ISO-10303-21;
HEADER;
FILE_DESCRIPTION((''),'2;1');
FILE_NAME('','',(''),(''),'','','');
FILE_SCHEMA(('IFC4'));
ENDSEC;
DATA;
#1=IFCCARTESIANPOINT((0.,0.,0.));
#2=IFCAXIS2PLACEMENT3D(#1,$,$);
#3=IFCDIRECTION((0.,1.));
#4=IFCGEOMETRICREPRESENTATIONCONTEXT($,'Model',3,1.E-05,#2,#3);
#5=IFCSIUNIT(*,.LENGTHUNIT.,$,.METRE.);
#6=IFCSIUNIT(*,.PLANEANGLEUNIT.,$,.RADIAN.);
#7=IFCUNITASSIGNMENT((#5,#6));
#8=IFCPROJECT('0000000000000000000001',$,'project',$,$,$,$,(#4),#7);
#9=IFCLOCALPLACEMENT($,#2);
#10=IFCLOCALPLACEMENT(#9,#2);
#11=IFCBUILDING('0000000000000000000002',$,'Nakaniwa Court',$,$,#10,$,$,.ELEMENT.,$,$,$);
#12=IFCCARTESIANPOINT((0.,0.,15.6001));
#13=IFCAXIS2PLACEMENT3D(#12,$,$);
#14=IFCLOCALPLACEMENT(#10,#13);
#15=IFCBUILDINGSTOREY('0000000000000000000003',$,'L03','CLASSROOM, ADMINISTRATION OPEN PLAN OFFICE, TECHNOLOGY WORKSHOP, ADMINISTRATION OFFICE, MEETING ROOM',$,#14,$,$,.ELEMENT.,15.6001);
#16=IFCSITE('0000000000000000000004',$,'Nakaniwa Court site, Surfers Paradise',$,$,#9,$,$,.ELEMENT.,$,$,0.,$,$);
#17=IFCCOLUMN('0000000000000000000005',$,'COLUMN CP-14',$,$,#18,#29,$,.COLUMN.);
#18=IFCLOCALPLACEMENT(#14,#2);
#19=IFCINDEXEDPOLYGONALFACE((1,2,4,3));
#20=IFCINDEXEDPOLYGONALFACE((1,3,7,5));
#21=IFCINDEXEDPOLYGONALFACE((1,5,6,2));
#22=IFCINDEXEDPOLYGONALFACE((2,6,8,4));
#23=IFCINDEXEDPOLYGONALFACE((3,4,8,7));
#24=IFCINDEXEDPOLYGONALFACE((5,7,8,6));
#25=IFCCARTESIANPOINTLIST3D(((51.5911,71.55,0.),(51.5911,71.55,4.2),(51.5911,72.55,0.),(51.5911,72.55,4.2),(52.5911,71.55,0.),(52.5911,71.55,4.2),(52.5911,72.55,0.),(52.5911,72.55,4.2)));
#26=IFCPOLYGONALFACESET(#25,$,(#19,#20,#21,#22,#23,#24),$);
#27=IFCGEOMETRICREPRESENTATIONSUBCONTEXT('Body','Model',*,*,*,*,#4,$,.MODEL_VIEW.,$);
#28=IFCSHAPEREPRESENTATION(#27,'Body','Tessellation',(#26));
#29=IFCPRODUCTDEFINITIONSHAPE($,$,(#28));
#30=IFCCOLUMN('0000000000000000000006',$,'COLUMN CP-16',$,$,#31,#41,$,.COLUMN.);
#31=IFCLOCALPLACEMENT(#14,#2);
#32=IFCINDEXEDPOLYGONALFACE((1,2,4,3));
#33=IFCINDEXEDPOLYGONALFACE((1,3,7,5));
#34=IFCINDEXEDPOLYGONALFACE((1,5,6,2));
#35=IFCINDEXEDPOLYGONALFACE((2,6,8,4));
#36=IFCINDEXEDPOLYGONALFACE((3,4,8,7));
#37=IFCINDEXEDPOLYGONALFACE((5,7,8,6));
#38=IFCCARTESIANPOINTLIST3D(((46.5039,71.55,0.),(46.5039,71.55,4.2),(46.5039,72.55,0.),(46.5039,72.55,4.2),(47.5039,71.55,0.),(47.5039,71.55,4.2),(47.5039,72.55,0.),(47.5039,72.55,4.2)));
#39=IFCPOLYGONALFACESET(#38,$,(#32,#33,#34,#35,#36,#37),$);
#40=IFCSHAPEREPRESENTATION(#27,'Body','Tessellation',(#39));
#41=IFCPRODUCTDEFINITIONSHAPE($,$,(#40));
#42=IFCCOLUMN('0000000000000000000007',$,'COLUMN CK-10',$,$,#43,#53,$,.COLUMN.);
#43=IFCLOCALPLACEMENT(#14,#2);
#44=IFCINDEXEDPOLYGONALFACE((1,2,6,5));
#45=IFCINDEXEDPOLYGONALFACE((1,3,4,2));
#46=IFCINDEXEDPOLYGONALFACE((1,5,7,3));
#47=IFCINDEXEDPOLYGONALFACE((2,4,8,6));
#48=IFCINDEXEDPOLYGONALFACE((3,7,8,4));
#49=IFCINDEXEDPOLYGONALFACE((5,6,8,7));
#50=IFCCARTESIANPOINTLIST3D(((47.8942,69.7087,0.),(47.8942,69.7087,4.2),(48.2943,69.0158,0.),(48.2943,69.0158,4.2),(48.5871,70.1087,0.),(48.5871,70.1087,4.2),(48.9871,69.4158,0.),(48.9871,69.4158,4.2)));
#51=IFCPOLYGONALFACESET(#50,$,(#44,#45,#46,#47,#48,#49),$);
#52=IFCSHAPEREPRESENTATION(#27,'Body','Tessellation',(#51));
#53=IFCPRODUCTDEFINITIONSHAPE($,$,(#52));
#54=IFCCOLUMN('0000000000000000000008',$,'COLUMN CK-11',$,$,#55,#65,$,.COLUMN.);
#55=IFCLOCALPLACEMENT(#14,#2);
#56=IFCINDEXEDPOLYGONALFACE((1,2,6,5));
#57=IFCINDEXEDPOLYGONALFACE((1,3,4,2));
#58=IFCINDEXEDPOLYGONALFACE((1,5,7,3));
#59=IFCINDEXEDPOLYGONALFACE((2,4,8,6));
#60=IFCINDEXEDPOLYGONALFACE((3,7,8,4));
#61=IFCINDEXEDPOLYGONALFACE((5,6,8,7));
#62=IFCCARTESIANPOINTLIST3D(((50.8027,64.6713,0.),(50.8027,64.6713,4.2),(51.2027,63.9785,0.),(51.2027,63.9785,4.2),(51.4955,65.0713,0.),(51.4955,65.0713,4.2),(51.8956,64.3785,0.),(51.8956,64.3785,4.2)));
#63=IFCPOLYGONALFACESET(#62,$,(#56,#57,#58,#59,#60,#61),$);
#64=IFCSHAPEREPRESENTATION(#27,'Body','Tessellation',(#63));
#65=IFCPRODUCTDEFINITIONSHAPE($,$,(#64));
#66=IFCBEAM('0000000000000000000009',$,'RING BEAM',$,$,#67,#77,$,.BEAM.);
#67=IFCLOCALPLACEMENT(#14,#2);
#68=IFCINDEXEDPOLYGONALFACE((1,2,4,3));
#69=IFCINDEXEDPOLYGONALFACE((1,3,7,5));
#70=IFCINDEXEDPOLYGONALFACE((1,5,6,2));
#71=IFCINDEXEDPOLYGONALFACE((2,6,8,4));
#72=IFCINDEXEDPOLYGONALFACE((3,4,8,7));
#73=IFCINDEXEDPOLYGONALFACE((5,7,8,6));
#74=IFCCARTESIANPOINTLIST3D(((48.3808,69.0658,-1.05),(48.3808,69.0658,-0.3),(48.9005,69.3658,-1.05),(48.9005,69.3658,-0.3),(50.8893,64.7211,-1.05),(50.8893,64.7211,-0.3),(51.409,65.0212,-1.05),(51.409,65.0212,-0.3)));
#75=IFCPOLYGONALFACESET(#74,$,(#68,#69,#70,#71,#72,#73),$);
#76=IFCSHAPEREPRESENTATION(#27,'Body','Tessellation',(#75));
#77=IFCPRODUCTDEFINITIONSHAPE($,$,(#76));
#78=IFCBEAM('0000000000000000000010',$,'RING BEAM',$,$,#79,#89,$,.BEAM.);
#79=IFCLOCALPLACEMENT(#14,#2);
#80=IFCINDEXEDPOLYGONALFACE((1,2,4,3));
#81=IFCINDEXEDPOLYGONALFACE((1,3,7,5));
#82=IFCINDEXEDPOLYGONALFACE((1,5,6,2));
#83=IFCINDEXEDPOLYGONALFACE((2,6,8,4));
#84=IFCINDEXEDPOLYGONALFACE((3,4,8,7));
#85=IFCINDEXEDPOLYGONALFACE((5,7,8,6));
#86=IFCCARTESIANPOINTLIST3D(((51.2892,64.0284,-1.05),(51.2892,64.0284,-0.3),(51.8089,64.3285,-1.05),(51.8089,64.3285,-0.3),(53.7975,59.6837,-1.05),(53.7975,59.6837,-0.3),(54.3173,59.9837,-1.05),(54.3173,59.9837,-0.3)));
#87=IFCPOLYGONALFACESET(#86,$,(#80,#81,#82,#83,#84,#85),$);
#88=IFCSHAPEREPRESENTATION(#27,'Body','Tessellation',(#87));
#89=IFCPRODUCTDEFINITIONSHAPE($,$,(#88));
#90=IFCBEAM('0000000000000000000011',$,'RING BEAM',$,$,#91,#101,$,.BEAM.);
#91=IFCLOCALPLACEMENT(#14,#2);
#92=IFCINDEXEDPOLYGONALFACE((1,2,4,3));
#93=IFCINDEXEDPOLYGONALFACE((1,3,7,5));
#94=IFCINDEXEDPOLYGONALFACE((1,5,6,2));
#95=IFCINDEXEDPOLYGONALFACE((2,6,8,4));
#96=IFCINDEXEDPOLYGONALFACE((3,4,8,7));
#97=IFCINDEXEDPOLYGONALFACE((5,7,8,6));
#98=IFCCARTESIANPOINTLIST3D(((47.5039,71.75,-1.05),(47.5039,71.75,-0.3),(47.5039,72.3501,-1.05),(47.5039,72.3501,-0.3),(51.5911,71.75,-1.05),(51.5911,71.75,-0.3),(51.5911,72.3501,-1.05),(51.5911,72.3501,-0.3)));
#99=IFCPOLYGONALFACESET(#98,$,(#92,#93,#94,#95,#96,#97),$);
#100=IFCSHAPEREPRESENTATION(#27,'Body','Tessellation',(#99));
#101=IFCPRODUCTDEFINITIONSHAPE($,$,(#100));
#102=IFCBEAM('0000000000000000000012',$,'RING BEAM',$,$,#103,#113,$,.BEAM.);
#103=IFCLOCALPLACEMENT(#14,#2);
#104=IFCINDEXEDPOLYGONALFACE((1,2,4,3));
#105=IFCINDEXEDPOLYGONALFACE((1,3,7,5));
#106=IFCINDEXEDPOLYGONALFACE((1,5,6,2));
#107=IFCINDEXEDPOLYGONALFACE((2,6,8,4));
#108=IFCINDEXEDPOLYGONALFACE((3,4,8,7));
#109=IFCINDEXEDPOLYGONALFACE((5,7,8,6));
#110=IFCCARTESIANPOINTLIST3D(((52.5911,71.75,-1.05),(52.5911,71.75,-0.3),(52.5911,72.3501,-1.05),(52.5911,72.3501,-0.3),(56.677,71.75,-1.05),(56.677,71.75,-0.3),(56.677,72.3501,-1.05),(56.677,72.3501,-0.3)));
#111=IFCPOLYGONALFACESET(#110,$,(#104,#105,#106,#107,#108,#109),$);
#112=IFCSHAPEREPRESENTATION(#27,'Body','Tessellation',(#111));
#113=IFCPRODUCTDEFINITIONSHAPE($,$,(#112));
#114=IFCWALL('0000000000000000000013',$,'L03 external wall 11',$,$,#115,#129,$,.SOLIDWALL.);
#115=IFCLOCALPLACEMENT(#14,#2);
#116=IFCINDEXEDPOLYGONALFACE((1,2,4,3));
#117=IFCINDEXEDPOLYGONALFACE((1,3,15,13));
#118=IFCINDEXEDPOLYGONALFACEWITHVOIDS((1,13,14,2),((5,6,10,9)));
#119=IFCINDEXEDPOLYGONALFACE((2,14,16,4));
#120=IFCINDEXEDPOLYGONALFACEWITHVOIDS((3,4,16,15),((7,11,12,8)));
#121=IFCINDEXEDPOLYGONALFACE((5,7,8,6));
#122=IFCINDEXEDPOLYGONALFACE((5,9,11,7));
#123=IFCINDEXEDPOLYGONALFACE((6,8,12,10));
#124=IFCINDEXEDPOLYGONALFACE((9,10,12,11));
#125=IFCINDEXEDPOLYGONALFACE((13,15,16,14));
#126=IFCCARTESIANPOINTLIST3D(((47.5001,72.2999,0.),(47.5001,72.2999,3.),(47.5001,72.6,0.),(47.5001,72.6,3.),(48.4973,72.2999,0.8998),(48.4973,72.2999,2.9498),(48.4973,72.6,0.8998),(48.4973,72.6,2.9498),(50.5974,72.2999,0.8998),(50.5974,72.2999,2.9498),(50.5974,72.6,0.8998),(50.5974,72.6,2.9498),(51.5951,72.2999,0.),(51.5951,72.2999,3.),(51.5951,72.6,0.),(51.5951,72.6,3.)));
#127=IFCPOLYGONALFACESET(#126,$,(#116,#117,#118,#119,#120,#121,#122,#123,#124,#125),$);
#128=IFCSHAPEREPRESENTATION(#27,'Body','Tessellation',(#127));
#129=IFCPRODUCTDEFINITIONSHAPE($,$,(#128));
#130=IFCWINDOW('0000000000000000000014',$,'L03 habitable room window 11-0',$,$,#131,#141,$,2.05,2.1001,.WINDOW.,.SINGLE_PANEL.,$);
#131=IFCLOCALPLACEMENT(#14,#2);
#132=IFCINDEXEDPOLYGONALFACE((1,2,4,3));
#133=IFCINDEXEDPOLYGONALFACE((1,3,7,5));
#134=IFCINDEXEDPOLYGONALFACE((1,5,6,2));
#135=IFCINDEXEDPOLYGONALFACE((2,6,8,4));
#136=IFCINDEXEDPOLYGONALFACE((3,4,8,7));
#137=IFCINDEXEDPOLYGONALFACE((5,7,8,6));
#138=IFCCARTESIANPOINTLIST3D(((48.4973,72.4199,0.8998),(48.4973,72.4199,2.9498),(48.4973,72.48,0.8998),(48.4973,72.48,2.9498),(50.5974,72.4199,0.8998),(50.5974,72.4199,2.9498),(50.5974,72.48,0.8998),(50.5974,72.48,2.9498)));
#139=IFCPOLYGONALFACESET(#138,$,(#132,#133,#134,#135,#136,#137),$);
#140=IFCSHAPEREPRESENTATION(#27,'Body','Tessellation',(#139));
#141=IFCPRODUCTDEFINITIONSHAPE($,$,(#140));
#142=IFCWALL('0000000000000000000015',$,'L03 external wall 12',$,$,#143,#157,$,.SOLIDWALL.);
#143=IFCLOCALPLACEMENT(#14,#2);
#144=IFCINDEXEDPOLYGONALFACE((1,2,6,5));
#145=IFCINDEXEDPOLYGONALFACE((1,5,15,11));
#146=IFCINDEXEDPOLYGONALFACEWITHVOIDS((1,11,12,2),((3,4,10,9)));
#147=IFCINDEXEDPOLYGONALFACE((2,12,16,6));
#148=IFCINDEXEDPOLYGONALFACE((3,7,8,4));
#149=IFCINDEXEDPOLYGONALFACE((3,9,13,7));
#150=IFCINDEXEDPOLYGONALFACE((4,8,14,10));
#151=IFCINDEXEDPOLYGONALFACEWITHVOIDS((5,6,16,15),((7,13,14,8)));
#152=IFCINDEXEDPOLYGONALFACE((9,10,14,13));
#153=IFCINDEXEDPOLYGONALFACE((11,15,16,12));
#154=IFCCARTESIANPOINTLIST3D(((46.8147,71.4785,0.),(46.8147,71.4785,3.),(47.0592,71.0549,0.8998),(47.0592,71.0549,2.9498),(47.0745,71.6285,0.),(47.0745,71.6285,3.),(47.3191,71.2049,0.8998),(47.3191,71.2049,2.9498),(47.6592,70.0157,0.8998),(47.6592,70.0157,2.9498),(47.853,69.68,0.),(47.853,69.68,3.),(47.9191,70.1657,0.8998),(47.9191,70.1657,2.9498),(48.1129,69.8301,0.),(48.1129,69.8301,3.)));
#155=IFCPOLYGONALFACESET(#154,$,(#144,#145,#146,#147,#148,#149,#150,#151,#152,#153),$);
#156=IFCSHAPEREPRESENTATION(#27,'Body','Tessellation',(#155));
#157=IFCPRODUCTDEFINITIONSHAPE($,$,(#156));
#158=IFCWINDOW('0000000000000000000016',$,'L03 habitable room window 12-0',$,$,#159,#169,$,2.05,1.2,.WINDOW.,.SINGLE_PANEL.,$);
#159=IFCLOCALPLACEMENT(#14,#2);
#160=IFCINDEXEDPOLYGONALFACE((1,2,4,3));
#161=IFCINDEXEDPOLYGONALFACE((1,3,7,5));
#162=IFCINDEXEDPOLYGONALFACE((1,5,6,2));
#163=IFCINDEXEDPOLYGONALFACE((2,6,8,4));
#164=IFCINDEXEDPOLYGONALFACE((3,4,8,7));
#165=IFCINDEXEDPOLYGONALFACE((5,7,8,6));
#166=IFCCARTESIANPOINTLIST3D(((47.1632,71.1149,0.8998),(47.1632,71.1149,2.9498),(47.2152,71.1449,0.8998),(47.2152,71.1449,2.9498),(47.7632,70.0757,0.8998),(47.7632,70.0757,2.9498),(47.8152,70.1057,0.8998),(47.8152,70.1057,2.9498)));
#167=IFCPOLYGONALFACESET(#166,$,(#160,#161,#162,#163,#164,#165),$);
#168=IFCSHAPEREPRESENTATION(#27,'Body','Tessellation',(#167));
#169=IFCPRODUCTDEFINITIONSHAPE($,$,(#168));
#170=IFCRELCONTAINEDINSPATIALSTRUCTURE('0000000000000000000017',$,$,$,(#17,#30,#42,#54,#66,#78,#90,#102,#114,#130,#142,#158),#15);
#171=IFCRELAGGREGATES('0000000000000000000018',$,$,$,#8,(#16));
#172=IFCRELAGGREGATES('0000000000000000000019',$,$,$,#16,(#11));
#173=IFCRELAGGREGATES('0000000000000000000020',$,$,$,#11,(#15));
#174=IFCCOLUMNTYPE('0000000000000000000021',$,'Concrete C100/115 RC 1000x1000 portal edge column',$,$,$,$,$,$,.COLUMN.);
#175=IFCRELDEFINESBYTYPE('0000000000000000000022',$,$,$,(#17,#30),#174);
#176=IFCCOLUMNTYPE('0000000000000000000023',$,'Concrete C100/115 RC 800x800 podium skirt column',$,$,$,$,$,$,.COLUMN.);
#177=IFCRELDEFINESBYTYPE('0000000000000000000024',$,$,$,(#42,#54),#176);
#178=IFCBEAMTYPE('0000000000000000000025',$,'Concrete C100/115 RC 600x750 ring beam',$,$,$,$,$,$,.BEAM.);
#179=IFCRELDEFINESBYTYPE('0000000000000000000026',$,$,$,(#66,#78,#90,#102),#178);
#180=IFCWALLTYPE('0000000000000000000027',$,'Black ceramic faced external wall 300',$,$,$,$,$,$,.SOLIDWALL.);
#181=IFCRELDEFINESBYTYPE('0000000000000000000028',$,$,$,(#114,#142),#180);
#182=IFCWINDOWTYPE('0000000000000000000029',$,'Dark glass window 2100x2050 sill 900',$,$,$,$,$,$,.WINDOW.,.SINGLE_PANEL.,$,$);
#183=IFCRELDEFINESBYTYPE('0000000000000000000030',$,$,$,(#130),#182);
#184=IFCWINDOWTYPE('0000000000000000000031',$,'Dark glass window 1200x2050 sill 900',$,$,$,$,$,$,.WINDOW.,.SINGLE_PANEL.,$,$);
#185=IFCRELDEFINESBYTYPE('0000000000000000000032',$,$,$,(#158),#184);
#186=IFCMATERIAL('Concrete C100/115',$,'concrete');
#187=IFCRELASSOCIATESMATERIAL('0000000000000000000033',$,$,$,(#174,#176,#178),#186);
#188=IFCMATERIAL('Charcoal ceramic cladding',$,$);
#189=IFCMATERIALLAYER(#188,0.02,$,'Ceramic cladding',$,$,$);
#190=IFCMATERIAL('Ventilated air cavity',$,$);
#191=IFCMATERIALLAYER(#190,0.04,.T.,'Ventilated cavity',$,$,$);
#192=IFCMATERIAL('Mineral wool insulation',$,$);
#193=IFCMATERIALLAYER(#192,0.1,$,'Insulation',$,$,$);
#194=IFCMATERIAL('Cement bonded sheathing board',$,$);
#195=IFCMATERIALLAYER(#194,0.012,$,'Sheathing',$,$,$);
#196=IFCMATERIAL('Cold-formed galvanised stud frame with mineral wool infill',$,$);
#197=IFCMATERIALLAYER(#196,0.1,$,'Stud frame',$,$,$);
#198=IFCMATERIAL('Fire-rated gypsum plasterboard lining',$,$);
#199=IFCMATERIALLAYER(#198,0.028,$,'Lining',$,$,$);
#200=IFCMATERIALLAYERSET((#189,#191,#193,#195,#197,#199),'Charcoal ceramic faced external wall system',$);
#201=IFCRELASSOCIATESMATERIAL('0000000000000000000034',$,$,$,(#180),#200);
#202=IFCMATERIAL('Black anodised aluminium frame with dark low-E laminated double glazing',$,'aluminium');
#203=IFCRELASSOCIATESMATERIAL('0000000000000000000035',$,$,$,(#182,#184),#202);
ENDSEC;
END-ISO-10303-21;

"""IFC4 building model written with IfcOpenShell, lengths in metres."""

from ifc_helpers import new_model, si_unit, direction, frame, frame_2d, origin, origin_2d, place, context, subcontext, project, spatial, rectangle, extrude, material, layer, layer_set, material_profile, profile_set, type_object, element, fill, save


model = new_model("IFC4")

# Units and contexts
model_context = context("Model", 3, precision=1e-05, world=origin(), true_north=direction((0.0, 1.0)))
body_context = subcontext(model_context, "Body", "Model", "MODEL_VIEW")
ifc_project = project(units=[si_unit("LENGTHUNIT", "METRE"), si_unit("PLANEANGLEUNIT", "RADIAN")], contexts=[model_context])

# Site, building, storey
site_placement = place(None, origin())
site = spatial("IfcSite", under=ifc_project, at=site_placement, Name="Nakaniwa Court site, Surfers Paradise", CompositionType="ELEMENT", RefElevation=0.0)
building_placement = place(site_placement, origin())
building = spatial("IfcBuilding", under=site, at=building_placement, Name="Nakaniwa Court", CompositionType="ELEMENT")
storey_placement = place(building_placement, frame((0.0, 0.0, 15.6001)))
storey = spatial("IfcBuildingStorey", under=building, at=storey_placement, Name="L03", Description="CLASSROOM, ADMINISTRATION OPEN PLAN OFFICE, TECHNOLOGY WORKSHOP, ADMINISTRATION OFFICE, MEETING ROOM", CompositionType="ELEMENT", Elevation=15.6001)

# Columns
ifc_material_1 = material(Name="Concrete C100/115", Category="concrete")
ifc_material_profile_1 = material_profile(ifc_material_1, rectangle(XDim=1.0, YDim=1.0, at=origin_2d()), Name="Concrete C100/115 RC 1000x1000 portal edge column")
ifc_profile_set_1 = profile_set([ifc_material_profile_1], Name="Concrete C100/115")
column_type_1 = type_object("IfcColumnType", Name="Concrete C100/115 RC 1000x1000 portal edge column", PredefinedType="COLUMN", material=ifc_profile_set_1)
for number, where, z_axis, x_axis, name in (
    (1, (52.0911, 72.05, 0.0), (0.0, 0.0, 1.0), (1.0, 0.0, 0.0), "COLUMN CP-14"),
    (2, (47.0039, 72.05, 0.0), (0.0, 0.0, 1.0), (1.0, 0.0, 0.0), "COLUMN CP-16"),
):
    element("IfcColumn", number, at=place(storey_placement, frame(where, z_axis=z_axis, x_axis=x_axis)), inside=storey, type_object=column_type_1, Name=name, PredefinedType="COLUMN", context=body_context, shape_type="SweptSolid", body=[
        extrude(rectangle(XDim=1.0, YDim=1.0, at=origin_2d()), origin(), (0.0, 0.0, 1.0), 4.2),
    ])
ifc_material_profile_2 = material_profile(ifc_material_1, rectangle(XDim=0.8, YDim=0.8, at=origin_2d()), Name="Concrete C100/115 RC 800x800 podium skirt column")
ifc_profile_set_2 = profile_set([ifc_material_profile_2], Name="Concrete C100/115")
column_type_2 = type_object("IfcColumnType", Name="Concrete C100/115 RC 800x800 podium skirt column", PredefinedType="COLUMN", material=ifc_profile_set_2)
for number, where, z_axis, x_axis, name in (
    (3, (48.4407, 69.5623, 0.0), (0.0, 0.0, 1.0), (0.5, -0.866025, 0.0), "COLUMN CK-10"),
    (4, (51.3491, 64.5249, 0.0), (0.0, 0.0, 1.0), (0.5, -0.866025, 0.0), "COLUMN CK-11"),
):
    element("IfcColumn", number, at=place(storey_placement, frame(where, z_axis=z_axis, x_axis=x_axis)), inside=storey, type_object=column_type_2, Name=name, PredefinedType="COLUMN", context=body_context, shape_type="SweptSolid", body=[
        extrude(rectangle(XDim=0.8, YDim=0.8, at=origin_2d()), origin(), (0.0, 0.0, 1.0), 4.2),
    ])

# Beams
ifc_material_profile_3 = material_profile(ifc_material_1, rectangle(XDim=0.6001, YDim=0.75, at=origin_2d()), Name="Concrete C100/115 RC 600x750 ring beam")
ifc_profile_set_3 = profile_set([ifc_material_profile_3], Name="Concrete C100/115")
beam_type = type_object("IfcBeamType", Name="Concrete C100/115 RC 600x750 ring beam", PredefinedType="BEAM", material=ifc_profile_set_3)
for number, where, z_axis, x_axis, name in (
    (5, (48.6406, 69.2158, -0.675), (0.500017, -0.866015, 0.0), (0.866015, 0.500017, 0.0), "RING BEAM"),
    (6, (51.5491, 64.1785, -0.675), (0.499981, -0.866036, 0.0), (0.866036, 0.499981, 0.0), "RING BEAM"),
):
    element("IfcBeam", number, at=place(storey_placement, frame(where, z_axis=z_axis, x_axis=x_axis)), inside=storey, type_object=beam_type, Name=name, PredefinedType="BEAM", context=body_context, shape_type="SweptSolid", body=[
        extrude(rectangle(XDim=0.6001, YDim=0.75, at=origin_2d()), origin(), (0.0, 0.0, 1.0), 5.0168),
    ])
beam_1_placement = place(storey_placement, frame((47.5039, 72.05, -0.675), z_axis=(1.0, 0.0, 0.0), x_axis=(0.0, 1.0, 0.0)))
element("IfcBeam", 7, at=beam_1_placement, inside=storey, type_object=beam_type, Name="RING BEAM", PredefinedType="BEAM", context=body_context, shape_type="SweptSolid", body=[
    extrude(rectangle(XDim=0.6001, YDim=0.75, at=origin_2d()), origin(), (0.0, 0.0, 1.0), 4.0872),
])
beam_2_placement = place(storey_placement, frame((52.5911, 72.05, -0.675), z_axis=(1.0, 0.0, 0.0), x_axis=(0.0, 1.0, 0.0)))
element("IfcBeam", 8, at=beam_2_placement, inside=storey, type_object=beam_type, Name="RING BEAM", PredefinedType="BEAM", context=body_context, shape_type="SweptSolid", body=[
    extrude(rectangle(XDim=0.6001, YDim=0.75, at=origin_2d()), origin(), (0.0, 0.0, 1.0), 4.0859),
])

# Walls, openings, windows
ifc_material_2 = material(Name="Charcoal ceramic cladding")
ifc_layer_1 = layer(ifc_material_2, 0.02, Name="Ceramic cladding")
ifc_material_3 = material(Name="Ventilated air cavity")
ifc_layer_2 = layer(ifc_material_3, 0.04, ventilated=True, Name="Ventilated cavity")
ifc_material_4 = material(Name="Mineral wool insulation")
ifc_layer_3 = layer(ifc_material_4, 0.1, Name="Insulation")
ifc_material_5 = material(Name="Cement bonded sheathing board")
ifc_layer_4 = layer(ifc_material_5, 0.012, Name="Sheathing")
ifc_material_6 = material(Name="Cold-formed galvanised stud frame with mineral wool infill")
ifc_layer_5 = layer(ifc_material_6, 0.1, Name="Stud frame")
ifc_material_7 = material(Name="Fire-rated gypsum plasterboard lining")
ifc_layer_6 = layer(ifc_material_7, 0.028, Name="Lining")
ifc_layer_set_1 = layer_set([ifc_layer_1, ifc_layer_2, ifc_layer_3, ifc_layer_4, ifc_layer_5, ifc_layer_6], Name="Charcoal ceramic faced external wall system")
wall_type_1 = type_object("IfcWallType", Name="Black ceramic faced external wall 300", PredefinedType="SOLIDWALL", material=ifc_layer_set_1)
wall_1_placement = place(storey_placement, frame((51.595, 72.45, 0.0), z_axis=(0.0, 0.0, 1.0), x_axis=(-1.0, 0.0, 0.0)))
wall_1 = element("IfcWall", 9, at=wall_1_placement, inside=storey, type_object=wall_type_1, Name="L03 external wall 11", PredefinedType="SOLIDWALL", context=body_context, shape_type="SweptSolid", body=[
    extrude(rectangle(XDim=4.095, YDim=0.3, at=frame_2d((2.0474, 0.0))), origin(), (0.0, 0.0, 1.0), 3.0),
])
opening_1_placement = place(wall_1_placement, frame((0.9976, 0.0, 0.8999)))
opening_1 = element("IfcOpeningElement", 10, at=opening_1_placement, cuts=wall_1, PredefinedType="OPENING", context=body_context, shape_type="SweptSolid", body=[
    extrude(rectangle(XDim=2.1001, YDim=2.05, at=frame_2d((1.05, 1.0249))), frame((0.0, 0.1599, 0.0), z_axis=(0.0, -1.0, 0.0), x_axis=(1.0, 0.0, 0.0)), (0.0, 0.0, 1.0), 0.3201),
])
ifc_material_8 = material(Name="Black anodised aluminium frame with dark low-E laminated double glazing", Category="aluminium")
window_type_1 = type_object("IfcWindowType", Name="Dark glass window 2100x2050 sill 900", PartitioningType="SINGLE_PANEL", PredefinedType="WINDOW", material=ifc_material_8)
window_1_placement = place(opening_1_placement, origin())
window_1 = element("IfcWindow", 11, at=window_1_placement, inside=storey, type_object=window_type_1, Name="L03 habitable room window 11-0", OverallHeight=2.05, OverallWidth=2.1001, PartitioningType="SINGLE_PANEL", PredefinedType="WINDOW", context=body_context, shape_type="SweptSolid", body=[
    extrude(rectangle(XDim=2.1001, YDim=2.05, at=frame_2d((1.05, 1.0249))), frame((0.0, 0.03, 0.0), z_axis=(0.0, -1.0, 0.0), x_axis=(1.0, 0.0, 0.0)), (0.0, 0.0, 1.0), 0.0601),
])
fill(opening_1, window_1)
wall_2_placement = place(storey_placement, frame((46.9446, 71.5535, 0.0), z_axis=(0.0, 0.0, 1.0), x_axis=(0.500021, -0.866013, 0.0)))
wall_2 = element("IfcWall", 12, at=wall_2_placement, inside=storey, type_object=wall_type_1, Name="L03 external wall 12", PredefinedType="SOLIDWALL", context=body_context, shape_type="SweptSolid", body=[
    extrude(rectangle(XDim=2.0767, YDim=0.3, at=frame_2d((1.0383, 0.0))), origin(), (0.0, 0.0, 1.0), 3.0),
])
opening_2_placement = place(wall_2_placement, frame((0.489, 0.0, 0.8999)))
opening_2 = element("IfcOpeningElement", 13, at=opening_2_placement, cuts=wall_2, PredefinedType="OPENING", context=body_context, shape_type="SweptSolid", body=[
    extrude(rectangle(XDim=1.2, YDim=2.05, at=frame_2d((0.6001, 1.0249))), frame((0.0, 0.1599, 0.0), z_axis=(0.0, -1.0, 0.0), x_axis=(1.0, 0.0, 0.0)), (0.0, 0.0, 1.0), 0.3201),
])
window_type_2 = type_object("IfcWindowType", Name="Dark glass window 1200x2050 sill 900", PartitioningType="SINGLE_PANEL", PredefinedType="WINDOW", material=ifc_material_8)
window_2_placement = place(opening_2_placement, origin())
window_2 = element("IfcWindow", 14, at=window_2_placement, inside=storey, type_object=window_type_2, Name="L03 habitable room window 12-0", OverallHeight=2.05, OverallWidth=1.2, PartitioningType="SINGLE_PANEL", PredefinedType="WINDOW", context=body_context, shape_type="SweptSolid", body=[
    extrude(rectangle(XDim=1.2, YDim=2.05, at=frame_2d((0.6001, 1.0249))), frame((0.0, 0.03, 0.0), z_axis=(0.0, -1.0, 0.0), x_axis=(1.0, 0.0, 0.0)), (0.0, 0.0, 1.0), 0.0601),
])
fill(opening_2, window_2)

save(model, "model.ifc")
